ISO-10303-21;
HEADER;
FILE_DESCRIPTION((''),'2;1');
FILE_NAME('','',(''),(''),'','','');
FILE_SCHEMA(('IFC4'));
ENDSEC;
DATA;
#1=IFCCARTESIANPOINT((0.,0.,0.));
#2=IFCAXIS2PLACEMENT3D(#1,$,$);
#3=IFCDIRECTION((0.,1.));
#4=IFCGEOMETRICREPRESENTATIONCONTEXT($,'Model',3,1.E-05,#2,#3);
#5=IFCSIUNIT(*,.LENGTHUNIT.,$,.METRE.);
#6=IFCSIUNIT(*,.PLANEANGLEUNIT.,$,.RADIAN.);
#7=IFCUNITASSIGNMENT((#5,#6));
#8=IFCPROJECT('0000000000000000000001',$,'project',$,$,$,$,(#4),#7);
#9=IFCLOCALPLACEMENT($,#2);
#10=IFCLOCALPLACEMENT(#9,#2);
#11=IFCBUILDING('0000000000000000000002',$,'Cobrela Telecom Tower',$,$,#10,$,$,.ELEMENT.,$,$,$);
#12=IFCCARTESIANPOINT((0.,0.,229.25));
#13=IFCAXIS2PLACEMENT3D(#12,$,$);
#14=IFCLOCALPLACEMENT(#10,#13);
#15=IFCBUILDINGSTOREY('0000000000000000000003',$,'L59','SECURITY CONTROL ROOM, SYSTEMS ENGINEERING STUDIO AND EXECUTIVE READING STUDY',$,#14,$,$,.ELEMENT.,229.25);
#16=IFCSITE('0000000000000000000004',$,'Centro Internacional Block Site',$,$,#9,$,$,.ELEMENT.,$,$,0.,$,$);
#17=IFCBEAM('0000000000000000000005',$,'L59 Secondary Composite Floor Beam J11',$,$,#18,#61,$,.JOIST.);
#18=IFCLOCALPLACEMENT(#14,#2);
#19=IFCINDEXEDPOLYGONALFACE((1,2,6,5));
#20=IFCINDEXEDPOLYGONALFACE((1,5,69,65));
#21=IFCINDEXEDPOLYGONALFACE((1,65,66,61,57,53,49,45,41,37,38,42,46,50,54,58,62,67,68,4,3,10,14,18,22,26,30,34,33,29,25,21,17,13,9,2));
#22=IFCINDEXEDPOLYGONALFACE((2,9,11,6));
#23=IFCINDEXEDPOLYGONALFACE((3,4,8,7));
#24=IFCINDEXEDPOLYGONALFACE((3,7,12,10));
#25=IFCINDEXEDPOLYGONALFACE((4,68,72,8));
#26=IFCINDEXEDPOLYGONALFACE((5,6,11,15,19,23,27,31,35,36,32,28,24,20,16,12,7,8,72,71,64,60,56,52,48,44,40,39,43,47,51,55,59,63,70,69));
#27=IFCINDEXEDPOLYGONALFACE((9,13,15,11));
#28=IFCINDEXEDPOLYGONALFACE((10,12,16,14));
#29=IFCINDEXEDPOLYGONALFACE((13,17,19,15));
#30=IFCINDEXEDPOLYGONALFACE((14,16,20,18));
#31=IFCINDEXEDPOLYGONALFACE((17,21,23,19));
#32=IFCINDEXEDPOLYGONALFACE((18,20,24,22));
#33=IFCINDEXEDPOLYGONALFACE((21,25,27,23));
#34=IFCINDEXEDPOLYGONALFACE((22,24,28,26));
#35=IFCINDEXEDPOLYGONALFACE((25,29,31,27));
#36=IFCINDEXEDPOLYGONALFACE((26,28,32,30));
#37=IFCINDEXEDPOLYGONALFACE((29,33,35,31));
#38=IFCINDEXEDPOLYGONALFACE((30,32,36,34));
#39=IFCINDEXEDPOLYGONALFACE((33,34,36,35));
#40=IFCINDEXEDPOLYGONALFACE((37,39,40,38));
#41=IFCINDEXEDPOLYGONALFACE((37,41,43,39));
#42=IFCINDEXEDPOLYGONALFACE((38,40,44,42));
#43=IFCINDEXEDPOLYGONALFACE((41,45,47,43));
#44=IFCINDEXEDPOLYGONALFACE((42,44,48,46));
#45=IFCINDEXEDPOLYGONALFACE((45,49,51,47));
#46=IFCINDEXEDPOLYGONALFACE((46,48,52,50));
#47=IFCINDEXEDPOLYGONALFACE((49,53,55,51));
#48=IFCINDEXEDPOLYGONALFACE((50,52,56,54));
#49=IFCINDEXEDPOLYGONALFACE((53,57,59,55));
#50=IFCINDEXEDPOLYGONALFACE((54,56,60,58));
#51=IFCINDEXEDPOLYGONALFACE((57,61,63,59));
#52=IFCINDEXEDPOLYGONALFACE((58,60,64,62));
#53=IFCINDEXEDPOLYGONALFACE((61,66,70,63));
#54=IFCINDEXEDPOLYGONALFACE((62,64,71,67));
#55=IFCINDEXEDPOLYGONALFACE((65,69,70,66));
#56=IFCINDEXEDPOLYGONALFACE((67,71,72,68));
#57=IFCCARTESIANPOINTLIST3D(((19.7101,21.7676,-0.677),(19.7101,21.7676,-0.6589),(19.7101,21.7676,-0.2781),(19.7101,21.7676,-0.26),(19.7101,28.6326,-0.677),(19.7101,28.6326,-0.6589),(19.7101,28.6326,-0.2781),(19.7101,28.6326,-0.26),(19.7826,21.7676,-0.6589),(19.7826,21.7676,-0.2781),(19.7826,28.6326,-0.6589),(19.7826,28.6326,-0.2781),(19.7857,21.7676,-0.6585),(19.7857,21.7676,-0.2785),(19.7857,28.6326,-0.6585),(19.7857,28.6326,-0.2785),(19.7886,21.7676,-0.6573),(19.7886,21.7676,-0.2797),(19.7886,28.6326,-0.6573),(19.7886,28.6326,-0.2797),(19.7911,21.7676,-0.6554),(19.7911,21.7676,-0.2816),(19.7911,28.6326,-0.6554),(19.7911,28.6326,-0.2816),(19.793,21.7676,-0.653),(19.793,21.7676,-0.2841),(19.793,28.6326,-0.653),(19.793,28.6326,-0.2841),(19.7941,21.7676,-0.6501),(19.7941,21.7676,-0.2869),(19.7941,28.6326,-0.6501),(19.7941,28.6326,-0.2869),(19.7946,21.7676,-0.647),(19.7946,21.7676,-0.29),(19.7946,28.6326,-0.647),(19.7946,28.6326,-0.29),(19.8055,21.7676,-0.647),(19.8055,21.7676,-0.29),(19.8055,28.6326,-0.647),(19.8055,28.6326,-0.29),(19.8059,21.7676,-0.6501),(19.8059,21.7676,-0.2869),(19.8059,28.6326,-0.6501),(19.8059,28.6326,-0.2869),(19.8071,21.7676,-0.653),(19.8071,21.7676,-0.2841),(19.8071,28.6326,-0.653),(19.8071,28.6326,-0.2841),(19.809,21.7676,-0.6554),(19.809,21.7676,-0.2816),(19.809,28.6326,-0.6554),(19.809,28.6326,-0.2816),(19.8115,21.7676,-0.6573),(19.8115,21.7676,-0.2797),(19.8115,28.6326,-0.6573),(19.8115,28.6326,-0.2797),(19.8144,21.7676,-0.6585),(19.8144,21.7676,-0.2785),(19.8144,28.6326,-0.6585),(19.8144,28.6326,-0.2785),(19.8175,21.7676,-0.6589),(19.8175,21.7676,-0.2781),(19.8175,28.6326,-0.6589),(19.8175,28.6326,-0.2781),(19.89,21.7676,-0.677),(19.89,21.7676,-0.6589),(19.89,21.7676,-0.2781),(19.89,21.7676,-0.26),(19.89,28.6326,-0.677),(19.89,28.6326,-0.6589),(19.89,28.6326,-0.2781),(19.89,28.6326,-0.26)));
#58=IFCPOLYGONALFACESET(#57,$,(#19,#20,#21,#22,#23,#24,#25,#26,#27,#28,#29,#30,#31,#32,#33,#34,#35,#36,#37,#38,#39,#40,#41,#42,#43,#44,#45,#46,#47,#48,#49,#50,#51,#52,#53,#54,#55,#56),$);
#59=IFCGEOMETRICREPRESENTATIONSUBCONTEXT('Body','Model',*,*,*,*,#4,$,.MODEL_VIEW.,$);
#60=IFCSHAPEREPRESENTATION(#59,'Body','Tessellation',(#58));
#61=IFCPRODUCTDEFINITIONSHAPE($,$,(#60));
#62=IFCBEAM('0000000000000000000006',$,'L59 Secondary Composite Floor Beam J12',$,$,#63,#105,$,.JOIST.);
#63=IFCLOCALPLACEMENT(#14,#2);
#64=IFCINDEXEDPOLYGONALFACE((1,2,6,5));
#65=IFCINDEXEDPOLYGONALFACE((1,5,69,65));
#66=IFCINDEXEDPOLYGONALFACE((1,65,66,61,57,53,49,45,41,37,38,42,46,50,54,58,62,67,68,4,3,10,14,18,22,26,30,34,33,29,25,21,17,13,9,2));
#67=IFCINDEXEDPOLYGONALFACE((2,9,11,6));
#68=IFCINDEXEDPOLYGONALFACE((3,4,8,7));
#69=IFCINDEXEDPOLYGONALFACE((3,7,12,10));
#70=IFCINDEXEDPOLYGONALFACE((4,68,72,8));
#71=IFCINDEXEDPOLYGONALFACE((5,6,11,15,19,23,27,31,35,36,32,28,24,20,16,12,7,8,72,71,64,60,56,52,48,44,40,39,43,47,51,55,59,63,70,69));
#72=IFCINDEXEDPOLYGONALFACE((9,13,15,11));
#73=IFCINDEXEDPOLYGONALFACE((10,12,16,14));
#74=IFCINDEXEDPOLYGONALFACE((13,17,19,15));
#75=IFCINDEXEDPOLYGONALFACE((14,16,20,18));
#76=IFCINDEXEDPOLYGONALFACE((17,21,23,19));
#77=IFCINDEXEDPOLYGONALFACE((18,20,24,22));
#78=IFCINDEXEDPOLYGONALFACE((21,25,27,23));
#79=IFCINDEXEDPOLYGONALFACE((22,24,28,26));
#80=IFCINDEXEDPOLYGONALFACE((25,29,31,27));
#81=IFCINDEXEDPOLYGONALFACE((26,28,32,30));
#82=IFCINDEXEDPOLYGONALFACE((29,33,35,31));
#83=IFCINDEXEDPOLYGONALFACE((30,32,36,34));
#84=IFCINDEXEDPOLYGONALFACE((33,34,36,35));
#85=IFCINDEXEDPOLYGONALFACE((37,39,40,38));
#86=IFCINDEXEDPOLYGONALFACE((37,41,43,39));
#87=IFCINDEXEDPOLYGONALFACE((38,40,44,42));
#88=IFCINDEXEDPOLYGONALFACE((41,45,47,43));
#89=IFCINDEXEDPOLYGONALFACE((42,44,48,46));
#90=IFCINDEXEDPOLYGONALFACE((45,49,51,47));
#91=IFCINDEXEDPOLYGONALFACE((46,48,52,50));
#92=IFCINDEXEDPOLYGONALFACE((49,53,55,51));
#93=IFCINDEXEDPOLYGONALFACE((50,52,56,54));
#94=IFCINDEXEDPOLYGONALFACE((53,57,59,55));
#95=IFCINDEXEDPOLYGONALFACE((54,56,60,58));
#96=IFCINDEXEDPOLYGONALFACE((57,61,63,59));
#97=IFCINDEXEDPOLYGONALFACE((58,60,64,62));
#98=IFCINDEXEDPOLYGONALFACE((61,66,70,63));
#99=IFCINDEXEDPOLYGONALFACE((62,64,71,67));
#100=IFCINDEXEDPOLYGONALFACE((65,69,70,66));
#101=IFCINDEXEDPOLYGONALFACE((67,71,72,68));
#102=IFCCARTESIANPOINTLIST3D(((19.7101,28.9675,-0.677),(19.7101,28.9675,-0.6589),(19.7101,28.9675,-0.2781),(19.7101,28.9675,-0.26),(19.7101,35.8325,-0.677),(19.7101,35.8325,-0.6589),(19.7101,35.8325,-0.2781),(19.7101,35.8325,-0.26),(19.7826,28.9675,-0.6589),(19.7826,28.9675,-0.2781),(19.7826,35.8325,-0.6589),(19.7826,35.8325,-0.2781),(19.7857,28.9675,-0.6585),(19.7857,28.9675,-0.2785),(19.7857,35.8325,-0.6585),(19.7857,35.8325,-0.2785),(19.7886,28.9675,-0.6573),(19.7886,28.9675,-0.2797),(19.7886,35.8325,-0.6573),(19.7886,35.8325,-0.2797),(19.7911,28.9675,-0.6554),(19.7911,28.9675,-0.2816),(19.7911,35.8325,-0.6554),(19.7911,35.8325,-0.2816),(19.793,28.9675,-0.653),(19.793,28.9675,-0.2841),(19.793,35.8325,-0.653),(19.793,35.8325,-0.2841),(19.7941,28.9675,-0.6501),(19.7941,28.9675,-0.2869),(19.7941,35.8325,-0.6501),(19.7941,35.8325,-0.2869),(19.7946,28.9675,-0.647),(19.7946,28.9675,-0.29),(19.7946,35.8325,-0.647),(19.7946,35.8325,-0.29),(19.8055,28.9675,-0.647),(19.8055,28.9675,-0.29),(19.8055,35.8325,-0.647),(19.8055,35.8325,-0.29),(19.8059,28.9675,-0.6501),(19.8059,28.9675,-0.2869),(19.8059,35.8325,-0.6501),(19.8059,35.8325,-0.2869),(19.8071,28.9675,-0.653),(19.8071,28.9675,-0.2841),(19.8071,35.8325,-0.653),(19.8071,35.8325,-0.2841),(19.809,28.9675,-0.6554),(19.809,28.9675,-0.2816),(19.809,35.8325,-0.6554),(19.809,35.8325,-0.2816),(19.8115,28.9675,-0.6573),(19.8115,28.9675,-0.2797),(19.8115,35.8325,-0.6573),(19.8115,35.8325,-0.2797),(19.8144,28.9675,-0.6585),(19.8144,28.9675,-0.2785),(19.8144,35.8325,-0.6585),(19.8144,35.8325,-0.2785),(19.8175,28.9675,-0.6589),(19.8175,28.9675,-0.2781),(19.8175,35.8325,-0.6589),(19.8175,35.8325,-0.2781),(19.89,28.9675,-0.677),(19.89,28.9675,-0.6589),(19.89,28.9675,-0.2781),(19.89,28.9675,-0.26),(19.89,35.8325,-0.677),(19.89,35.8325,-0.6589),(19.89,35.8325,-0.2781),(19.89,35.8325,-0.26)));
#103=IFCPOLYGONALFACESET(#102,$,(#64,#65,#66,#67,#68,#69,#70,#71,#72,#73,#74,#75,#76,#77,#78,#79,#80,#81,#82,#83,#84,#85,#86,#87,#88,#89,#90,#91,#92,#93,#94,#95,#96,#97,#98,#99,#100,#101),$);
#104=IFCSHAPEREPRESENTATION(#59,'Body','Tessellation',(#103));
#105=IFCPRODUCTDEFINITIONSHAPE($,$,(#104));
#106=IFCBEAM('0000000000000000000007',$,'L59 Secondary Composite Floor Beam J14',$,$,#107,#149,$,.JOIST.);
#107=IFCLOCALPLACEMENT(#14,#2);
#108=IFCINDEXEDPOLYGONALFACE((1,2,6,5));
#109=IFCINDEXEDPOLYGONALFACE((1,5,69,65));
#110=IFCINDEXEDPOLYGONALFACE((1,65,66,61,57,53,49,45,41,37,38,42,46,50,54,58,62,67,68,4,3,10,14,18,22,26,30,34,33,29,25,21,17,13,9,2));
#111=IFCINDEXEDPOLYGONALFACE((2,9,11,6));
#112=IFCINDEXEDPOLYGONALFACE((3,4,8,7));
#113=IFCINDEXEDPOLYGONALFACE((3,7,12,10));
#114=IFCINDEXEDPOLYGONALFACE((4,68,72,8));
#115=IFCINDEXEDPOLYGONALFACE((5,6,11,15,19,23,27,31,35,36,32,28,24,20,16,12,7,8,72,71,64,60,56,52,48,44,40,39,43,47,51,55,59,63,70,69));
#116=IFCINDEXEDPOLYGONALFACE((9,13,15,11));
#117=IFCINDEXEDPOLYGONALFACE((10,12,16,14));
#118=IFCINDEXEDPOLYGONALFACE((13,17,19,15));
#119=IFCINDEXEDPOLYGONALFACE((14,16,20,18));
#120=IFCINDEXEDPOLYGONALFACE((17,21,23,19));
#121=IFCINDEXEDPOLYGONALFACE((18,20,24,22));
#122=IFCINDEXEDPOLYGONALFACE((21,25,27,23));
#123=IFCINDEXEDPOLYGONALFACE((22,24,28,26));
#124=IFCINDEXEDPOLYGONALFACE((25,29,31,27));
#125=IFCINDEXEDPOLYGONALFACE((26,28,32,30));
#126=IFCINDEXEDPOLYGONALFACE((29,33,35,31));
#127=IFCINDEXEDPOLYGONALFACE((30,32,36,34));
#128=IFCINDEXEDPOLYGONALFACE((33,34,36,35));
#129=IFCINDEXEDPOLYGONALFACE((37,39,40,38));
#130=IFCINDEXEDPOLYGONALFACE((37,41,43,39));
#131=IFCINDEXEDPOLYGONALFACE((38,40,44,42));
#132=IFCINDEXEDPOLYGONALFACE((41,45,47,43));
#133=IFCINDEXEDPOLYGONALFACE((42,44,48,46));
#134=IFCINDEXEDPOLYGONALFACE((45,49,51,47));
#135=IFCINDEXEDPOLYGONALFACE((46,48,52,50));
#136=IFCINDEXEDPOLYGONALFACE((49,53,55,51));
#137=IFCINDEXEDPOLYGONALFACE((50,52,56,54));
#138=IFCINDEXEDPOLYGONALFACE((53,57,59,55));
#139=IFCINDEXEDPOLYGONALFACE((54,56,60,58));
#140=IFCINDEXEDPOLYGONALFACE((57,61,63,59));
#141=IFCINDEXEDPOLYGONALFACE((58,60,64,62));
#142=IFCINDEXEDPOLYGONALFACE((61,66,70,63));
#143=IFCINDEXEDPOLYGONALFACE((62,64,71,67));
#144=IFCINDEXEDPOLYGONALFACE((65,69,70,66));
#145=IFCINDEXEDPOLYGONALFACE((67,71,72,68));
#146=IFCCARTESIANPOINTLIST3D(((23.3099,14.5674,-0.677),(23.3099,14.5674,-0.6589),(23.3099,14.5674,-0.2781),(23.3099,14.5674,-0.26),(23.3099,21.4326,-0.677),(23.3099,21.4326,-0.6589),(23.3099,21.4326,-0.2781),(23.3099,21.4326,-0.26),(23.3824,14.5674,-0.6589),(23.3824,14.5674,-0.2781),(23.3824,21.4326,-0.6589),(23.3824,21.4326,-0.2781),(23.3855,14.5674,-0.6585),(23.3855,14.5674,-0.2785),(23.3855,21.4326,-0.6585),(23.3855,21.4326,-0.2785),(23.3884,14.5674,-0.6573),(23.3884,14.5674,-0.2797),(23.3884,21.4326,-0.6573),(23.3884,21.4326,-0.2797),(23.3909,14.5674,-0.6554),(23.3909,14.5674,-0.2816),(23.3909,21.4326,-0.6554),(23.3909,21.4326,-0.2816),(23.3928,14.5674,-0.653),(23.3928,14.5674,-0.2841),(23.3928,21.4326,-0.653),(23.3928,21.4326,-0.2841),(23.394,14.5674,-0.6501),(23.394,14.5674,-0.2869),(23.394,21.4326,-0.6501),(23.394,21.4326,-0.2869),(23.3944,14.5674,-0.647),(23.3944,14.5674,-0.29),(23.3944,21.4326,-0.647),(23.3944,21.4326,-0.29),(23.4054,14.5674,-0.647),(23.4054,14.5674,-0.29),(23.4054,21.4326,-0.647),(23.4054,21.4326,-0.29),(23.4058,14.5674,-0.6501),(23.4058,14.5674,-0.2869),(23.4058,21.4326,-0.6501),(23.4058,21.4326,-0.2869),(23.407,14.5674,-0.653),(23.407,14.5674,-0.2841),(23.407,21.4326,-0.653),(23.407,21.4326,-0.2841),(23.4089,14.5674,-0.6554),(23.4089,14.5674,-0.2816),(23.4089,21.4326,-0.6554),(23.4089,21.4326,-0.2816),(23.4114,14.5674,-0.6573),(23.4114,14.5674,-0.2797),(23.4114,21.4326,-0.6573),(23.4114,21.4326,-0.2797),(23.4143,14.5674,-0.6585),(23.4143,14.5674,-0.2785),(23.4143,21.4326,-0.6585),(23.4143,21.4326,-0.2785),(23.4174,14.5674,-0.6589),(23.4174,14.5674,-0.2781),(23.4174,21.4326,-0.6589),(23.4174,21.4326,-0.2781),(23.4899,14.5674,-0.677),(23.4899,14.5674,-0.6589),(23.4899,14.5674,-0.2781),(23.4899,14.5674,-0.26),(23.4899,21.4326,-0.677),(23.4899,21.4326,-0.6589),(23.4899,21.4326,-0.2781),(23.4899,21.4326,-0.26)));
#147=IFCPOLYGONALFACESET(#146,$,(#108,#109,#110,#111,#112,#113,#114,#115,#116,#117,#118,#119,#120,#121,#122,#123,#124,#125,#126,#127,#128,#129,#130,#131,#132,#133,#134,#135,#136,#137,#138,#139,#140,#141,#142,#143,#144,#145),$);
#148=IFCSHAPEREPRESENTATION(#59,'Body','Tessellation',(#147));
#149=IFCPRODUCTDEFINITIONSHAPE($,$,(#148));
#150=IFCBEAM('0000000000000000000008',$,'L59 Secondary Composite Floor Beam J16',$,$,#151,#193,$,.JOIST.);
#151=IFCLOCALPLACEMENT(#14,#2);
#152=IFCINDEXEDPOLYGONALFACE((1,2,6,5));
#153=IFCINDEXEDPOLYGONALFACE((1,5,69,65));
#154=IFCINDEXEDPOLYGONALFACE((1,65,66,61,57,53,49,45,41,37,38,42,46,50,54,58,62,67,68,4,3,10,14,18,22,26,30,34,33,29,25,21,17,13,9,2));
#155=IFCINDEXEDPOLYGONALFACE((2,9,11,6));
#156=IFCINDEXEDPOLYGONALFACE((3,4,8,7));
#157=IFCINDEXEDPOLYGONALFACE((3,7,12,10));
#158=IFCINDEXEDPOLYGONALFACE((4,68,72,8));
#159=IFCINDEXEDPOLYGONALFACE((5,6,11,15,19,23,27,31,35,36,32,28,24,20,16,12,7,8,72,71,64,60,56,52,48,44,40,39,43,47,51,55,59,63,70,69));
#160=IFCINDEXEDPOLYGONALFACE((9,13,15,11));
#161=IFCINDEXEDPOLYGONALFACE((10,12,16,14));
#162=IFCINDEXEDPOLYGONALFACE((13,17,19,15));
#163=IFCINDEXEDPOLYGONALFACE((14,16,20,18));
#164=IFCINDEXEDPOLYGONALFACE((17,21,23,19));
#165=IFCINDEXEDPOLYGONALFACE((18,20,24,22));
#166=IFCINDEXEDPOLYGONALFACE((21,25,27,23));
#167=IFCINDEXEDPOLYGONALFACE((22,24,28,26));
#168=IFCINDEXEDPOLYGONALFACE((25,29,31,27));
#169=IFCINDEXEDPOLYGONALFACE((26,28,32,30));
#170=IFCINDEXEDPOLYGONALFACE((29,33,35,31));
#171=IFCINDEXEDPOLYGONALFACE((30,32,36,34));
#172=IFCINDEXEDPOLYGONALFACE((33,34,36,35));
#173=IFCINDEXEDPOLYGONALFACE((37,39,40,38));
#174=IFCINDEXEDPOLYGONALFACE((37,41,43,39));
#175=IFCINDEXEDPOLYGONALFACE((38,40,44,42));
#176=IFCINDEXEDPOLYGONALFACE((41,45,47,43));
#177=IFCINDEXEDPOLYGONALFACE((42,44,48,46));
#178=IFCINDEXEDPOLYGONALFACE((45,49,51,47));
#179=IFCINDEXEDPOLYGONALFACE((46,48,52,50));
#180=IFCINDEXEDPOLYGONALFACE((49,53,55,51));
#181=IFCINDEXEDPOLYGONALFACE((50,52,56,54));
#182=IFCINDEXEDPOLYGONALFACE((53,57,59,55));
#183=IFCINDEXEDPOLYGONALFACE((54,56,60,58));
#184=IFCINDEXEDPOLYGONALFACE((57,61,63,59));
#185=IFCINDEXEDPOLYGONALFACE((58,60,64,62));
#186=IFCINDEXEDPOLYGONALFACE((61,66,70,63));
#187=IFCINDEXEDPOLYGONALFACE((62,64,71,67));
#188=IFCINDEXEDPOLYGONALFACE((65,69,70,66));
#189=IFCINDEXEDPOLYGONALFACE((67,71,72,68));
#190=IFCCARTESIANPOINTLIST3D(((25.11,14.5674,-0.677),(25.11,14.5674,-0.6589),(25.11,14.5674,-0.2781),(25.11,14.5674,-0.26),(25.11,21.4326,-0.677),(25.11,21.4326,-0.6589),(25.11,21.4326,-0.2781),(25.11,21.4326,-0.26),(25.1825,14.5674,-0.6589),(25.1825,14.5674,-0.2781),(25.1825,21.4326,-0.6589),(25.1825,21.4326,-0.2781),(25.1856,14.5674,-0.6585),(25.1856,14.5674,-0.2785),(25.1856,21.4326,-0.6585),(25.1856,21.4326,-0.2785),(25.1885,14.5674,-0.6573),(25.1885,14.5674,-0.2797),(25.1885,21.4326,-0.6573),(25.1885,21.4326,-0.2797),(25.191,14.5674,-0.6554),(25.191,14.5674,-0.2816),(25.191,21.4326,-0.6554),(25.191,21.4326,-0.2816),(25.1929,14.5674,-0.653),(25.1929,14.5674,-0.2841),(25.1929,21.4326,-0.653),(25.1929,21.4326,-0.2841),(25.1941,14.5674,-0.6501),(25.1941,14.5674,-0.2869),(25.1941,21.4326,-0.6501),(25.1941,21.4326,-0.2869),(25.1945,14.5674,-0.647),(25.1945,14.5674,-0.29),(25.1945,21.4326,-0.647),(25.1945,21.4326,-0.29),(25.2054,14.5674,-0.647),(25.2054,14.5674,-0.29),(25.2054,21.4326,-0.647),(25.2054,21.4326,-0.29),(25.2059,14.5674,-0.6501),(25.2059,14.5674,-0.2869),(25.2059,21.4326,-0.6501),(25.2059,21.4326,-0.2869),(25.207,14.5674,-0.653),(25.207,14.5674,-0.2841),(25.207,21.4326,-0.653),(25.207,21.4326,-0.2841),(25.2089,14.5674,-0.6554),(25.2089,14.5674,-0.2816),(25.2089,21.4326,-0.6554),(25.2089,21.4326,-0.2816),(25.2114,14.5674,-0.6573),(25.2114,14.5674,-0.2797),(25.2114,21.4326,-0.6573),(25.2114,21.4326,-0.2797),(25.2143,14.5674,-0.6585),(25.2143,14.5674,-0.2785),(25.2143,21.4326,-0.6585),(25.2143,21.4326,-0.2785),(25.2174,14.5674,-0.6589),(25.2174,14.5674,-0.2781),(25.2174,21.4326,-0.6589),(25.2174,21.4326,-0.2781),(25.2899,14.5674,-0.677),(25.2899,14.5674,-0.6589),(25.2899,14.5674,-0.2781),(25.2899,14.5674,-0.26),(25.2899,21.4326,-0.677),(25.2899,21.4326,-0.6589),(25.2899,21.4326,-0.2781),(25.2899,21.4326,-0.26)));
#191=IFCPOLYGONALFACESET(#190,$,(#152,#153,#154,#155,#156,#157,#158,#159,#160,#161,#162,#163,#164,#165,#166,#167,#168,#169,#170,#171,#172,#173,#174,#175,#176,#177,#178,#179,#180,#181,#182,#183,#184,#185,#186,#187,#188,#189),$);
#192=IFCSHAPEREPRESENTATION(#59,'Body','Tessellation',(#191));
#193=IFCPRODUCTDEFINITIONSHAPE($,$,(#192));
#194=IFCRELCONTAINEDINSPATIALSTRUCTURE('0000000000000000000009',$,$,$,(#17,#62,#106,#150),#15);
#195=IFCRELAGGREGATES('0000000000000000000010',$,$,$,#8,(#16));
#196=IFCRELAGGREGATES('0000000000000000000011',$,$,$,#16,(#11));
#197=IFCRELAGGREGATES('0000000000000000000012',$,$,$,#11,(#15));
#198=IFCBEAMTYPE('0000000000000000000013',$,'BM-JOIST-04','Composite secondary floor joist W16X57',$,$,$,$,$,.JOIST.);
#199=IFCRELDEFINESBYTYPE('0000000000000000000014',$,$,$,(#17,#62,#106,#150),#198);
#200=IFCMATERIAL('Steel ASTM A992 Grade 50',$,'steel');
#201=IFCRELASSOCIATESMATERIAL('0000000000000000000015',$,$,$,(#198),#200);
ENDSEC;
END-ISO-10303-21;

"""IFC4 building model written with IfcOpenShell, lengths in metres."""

from ifc_helpers import new_model, si_unit, direction, frame, origin, origin_2d, place, context, subcontext, project, spatial, i_section, extrude, material, material_profile, profile_set, type_object, element, save


model = new_model("IFC4")

# Units and contexts
model_context = context("Model", 3, precision=1e-05, world=origin(), true_north=direction((0.0, 1.0)))
body_context = subcontext(model_context, "Body", "Model", "MODEL_VIEW")
ifc_project = project(units=[si_unit("LENGTHUNIT", "METRE"), si_unit("PLANEANGLEUNIT", "RADIAN")], contexts=[model_context])

# Site, building, storey
site_placement = place(None, origin())
site = spatial("IfcSite", under=ifc_project, at=site_placement, Name="Centro Internacional Block Site", CompositionType="ELEMENT", RefElevation=0.0)
building_placement = place(site_placement, origin())
building = spatial("IfcBuilding", under=site, at=building_placement, Name="Cobrela Telecom Tower", CompositionType="ELEMENT")
storey_placement = place(building_placement, frame((0.0, 0.0, 229.25)))
storey = spatial("IfcBuildingStorey", under=building, at=storey_placement, Name="L59", Description="SECURITY CONTROL ROOM, SYSTEMS ENGINEERING STUDIO AND EXECUTIVE READING STUDY", CompositionType="ELEMENT", Elevation=229.25)

# Shared definitions
ifc_material_1 = material(Name="Steel ASTM A992 Grade 50", Category="steel")

# Beams
ifc_material_profile_1 = material_profile(ifc_material_1, i_section(OverallWidth=0.1799, OverallDepth=0.417, WebThickness=0.011, FlangeThickness=0.0181, FilletRadius=0.012, at=origin_2d()), Name="W16X57")
ifc_profile_set_1 = profile_set([ifc_material_profile_1], Name="Steel ASTM A992 Grade 50")
beam_type_1 = type_object("IfcBeamType", Name="BM-JOIST-04", Description="Composite secondary floor joist W16X57", PredefinedType="JOIST", material=ifc_profile_set_1)
for number, where, z_axis, x_axis, name in (
    (1, (19.8, 21.7676, -0.4685), (0.0, 1.0, 0.0), (-1.0, 0.0, 0.0), "L59 Secondary Composite Floor Beam J11"),
    (2, (19.8, 28.9675, -0.4685), (0.0, 1.0, 0.0), (-1.0, 0.0, 0.0), "L59 Secondary Composite Floor Beam J12"),
):
    element("IfcBeam", number, at=place(storey_placement, frame(where, z_axis=z_axis, x_axis=x_axis)), inside=storey, type_object=beam_type_1, Name=name, PredefinedType="JOIST", context=body_context, shape_type="SweptSolid", body=[
        extrude(i_section(OverallWidth=0.1799, OverallDepth=0.417, WebThickness=0.011, FlangeThickness=0.0181, FilletRadius=0.012, at=origin_2d()), origin(), (0.0, 0.0, 1.0), 6.865),
    ])
for number, where, z_axis, x_axis, name in (
    (3, (23.3999, 14.5674, -0.4685), (0.0, 1.0, 0.0), (-1.0, 0.0, 0.0), "L59 Secondary Composite Floor Beam J14"),
    (4, (25.2, 14.5674, -0.4685), (0.0, 1.0, 0.0), (-1.0, 0.0, 0.0), "L59 Secondary Composite Floor Beam J16"),
):
    element("IfcBeam", number, at=place(storey_placement, frame(where, z_axis=z_axis, x_axis=x_axis)), inside=storey, type_object=beam_type_1, Name=name, PredefinedType="JOIST", context=body_context, shape_type="SweptSolid", body=[
        extrude(i_section(OverallWidth=0.1799, OverallDepth=0.417, WebThickness=0.011, FlangeThickness=0.0181, FilletRadius=0.012, at=origin_2d()), origin(), (0.0, 0.0, 1.0), 6.8652),
    ])

save(model, "model.ifc")
